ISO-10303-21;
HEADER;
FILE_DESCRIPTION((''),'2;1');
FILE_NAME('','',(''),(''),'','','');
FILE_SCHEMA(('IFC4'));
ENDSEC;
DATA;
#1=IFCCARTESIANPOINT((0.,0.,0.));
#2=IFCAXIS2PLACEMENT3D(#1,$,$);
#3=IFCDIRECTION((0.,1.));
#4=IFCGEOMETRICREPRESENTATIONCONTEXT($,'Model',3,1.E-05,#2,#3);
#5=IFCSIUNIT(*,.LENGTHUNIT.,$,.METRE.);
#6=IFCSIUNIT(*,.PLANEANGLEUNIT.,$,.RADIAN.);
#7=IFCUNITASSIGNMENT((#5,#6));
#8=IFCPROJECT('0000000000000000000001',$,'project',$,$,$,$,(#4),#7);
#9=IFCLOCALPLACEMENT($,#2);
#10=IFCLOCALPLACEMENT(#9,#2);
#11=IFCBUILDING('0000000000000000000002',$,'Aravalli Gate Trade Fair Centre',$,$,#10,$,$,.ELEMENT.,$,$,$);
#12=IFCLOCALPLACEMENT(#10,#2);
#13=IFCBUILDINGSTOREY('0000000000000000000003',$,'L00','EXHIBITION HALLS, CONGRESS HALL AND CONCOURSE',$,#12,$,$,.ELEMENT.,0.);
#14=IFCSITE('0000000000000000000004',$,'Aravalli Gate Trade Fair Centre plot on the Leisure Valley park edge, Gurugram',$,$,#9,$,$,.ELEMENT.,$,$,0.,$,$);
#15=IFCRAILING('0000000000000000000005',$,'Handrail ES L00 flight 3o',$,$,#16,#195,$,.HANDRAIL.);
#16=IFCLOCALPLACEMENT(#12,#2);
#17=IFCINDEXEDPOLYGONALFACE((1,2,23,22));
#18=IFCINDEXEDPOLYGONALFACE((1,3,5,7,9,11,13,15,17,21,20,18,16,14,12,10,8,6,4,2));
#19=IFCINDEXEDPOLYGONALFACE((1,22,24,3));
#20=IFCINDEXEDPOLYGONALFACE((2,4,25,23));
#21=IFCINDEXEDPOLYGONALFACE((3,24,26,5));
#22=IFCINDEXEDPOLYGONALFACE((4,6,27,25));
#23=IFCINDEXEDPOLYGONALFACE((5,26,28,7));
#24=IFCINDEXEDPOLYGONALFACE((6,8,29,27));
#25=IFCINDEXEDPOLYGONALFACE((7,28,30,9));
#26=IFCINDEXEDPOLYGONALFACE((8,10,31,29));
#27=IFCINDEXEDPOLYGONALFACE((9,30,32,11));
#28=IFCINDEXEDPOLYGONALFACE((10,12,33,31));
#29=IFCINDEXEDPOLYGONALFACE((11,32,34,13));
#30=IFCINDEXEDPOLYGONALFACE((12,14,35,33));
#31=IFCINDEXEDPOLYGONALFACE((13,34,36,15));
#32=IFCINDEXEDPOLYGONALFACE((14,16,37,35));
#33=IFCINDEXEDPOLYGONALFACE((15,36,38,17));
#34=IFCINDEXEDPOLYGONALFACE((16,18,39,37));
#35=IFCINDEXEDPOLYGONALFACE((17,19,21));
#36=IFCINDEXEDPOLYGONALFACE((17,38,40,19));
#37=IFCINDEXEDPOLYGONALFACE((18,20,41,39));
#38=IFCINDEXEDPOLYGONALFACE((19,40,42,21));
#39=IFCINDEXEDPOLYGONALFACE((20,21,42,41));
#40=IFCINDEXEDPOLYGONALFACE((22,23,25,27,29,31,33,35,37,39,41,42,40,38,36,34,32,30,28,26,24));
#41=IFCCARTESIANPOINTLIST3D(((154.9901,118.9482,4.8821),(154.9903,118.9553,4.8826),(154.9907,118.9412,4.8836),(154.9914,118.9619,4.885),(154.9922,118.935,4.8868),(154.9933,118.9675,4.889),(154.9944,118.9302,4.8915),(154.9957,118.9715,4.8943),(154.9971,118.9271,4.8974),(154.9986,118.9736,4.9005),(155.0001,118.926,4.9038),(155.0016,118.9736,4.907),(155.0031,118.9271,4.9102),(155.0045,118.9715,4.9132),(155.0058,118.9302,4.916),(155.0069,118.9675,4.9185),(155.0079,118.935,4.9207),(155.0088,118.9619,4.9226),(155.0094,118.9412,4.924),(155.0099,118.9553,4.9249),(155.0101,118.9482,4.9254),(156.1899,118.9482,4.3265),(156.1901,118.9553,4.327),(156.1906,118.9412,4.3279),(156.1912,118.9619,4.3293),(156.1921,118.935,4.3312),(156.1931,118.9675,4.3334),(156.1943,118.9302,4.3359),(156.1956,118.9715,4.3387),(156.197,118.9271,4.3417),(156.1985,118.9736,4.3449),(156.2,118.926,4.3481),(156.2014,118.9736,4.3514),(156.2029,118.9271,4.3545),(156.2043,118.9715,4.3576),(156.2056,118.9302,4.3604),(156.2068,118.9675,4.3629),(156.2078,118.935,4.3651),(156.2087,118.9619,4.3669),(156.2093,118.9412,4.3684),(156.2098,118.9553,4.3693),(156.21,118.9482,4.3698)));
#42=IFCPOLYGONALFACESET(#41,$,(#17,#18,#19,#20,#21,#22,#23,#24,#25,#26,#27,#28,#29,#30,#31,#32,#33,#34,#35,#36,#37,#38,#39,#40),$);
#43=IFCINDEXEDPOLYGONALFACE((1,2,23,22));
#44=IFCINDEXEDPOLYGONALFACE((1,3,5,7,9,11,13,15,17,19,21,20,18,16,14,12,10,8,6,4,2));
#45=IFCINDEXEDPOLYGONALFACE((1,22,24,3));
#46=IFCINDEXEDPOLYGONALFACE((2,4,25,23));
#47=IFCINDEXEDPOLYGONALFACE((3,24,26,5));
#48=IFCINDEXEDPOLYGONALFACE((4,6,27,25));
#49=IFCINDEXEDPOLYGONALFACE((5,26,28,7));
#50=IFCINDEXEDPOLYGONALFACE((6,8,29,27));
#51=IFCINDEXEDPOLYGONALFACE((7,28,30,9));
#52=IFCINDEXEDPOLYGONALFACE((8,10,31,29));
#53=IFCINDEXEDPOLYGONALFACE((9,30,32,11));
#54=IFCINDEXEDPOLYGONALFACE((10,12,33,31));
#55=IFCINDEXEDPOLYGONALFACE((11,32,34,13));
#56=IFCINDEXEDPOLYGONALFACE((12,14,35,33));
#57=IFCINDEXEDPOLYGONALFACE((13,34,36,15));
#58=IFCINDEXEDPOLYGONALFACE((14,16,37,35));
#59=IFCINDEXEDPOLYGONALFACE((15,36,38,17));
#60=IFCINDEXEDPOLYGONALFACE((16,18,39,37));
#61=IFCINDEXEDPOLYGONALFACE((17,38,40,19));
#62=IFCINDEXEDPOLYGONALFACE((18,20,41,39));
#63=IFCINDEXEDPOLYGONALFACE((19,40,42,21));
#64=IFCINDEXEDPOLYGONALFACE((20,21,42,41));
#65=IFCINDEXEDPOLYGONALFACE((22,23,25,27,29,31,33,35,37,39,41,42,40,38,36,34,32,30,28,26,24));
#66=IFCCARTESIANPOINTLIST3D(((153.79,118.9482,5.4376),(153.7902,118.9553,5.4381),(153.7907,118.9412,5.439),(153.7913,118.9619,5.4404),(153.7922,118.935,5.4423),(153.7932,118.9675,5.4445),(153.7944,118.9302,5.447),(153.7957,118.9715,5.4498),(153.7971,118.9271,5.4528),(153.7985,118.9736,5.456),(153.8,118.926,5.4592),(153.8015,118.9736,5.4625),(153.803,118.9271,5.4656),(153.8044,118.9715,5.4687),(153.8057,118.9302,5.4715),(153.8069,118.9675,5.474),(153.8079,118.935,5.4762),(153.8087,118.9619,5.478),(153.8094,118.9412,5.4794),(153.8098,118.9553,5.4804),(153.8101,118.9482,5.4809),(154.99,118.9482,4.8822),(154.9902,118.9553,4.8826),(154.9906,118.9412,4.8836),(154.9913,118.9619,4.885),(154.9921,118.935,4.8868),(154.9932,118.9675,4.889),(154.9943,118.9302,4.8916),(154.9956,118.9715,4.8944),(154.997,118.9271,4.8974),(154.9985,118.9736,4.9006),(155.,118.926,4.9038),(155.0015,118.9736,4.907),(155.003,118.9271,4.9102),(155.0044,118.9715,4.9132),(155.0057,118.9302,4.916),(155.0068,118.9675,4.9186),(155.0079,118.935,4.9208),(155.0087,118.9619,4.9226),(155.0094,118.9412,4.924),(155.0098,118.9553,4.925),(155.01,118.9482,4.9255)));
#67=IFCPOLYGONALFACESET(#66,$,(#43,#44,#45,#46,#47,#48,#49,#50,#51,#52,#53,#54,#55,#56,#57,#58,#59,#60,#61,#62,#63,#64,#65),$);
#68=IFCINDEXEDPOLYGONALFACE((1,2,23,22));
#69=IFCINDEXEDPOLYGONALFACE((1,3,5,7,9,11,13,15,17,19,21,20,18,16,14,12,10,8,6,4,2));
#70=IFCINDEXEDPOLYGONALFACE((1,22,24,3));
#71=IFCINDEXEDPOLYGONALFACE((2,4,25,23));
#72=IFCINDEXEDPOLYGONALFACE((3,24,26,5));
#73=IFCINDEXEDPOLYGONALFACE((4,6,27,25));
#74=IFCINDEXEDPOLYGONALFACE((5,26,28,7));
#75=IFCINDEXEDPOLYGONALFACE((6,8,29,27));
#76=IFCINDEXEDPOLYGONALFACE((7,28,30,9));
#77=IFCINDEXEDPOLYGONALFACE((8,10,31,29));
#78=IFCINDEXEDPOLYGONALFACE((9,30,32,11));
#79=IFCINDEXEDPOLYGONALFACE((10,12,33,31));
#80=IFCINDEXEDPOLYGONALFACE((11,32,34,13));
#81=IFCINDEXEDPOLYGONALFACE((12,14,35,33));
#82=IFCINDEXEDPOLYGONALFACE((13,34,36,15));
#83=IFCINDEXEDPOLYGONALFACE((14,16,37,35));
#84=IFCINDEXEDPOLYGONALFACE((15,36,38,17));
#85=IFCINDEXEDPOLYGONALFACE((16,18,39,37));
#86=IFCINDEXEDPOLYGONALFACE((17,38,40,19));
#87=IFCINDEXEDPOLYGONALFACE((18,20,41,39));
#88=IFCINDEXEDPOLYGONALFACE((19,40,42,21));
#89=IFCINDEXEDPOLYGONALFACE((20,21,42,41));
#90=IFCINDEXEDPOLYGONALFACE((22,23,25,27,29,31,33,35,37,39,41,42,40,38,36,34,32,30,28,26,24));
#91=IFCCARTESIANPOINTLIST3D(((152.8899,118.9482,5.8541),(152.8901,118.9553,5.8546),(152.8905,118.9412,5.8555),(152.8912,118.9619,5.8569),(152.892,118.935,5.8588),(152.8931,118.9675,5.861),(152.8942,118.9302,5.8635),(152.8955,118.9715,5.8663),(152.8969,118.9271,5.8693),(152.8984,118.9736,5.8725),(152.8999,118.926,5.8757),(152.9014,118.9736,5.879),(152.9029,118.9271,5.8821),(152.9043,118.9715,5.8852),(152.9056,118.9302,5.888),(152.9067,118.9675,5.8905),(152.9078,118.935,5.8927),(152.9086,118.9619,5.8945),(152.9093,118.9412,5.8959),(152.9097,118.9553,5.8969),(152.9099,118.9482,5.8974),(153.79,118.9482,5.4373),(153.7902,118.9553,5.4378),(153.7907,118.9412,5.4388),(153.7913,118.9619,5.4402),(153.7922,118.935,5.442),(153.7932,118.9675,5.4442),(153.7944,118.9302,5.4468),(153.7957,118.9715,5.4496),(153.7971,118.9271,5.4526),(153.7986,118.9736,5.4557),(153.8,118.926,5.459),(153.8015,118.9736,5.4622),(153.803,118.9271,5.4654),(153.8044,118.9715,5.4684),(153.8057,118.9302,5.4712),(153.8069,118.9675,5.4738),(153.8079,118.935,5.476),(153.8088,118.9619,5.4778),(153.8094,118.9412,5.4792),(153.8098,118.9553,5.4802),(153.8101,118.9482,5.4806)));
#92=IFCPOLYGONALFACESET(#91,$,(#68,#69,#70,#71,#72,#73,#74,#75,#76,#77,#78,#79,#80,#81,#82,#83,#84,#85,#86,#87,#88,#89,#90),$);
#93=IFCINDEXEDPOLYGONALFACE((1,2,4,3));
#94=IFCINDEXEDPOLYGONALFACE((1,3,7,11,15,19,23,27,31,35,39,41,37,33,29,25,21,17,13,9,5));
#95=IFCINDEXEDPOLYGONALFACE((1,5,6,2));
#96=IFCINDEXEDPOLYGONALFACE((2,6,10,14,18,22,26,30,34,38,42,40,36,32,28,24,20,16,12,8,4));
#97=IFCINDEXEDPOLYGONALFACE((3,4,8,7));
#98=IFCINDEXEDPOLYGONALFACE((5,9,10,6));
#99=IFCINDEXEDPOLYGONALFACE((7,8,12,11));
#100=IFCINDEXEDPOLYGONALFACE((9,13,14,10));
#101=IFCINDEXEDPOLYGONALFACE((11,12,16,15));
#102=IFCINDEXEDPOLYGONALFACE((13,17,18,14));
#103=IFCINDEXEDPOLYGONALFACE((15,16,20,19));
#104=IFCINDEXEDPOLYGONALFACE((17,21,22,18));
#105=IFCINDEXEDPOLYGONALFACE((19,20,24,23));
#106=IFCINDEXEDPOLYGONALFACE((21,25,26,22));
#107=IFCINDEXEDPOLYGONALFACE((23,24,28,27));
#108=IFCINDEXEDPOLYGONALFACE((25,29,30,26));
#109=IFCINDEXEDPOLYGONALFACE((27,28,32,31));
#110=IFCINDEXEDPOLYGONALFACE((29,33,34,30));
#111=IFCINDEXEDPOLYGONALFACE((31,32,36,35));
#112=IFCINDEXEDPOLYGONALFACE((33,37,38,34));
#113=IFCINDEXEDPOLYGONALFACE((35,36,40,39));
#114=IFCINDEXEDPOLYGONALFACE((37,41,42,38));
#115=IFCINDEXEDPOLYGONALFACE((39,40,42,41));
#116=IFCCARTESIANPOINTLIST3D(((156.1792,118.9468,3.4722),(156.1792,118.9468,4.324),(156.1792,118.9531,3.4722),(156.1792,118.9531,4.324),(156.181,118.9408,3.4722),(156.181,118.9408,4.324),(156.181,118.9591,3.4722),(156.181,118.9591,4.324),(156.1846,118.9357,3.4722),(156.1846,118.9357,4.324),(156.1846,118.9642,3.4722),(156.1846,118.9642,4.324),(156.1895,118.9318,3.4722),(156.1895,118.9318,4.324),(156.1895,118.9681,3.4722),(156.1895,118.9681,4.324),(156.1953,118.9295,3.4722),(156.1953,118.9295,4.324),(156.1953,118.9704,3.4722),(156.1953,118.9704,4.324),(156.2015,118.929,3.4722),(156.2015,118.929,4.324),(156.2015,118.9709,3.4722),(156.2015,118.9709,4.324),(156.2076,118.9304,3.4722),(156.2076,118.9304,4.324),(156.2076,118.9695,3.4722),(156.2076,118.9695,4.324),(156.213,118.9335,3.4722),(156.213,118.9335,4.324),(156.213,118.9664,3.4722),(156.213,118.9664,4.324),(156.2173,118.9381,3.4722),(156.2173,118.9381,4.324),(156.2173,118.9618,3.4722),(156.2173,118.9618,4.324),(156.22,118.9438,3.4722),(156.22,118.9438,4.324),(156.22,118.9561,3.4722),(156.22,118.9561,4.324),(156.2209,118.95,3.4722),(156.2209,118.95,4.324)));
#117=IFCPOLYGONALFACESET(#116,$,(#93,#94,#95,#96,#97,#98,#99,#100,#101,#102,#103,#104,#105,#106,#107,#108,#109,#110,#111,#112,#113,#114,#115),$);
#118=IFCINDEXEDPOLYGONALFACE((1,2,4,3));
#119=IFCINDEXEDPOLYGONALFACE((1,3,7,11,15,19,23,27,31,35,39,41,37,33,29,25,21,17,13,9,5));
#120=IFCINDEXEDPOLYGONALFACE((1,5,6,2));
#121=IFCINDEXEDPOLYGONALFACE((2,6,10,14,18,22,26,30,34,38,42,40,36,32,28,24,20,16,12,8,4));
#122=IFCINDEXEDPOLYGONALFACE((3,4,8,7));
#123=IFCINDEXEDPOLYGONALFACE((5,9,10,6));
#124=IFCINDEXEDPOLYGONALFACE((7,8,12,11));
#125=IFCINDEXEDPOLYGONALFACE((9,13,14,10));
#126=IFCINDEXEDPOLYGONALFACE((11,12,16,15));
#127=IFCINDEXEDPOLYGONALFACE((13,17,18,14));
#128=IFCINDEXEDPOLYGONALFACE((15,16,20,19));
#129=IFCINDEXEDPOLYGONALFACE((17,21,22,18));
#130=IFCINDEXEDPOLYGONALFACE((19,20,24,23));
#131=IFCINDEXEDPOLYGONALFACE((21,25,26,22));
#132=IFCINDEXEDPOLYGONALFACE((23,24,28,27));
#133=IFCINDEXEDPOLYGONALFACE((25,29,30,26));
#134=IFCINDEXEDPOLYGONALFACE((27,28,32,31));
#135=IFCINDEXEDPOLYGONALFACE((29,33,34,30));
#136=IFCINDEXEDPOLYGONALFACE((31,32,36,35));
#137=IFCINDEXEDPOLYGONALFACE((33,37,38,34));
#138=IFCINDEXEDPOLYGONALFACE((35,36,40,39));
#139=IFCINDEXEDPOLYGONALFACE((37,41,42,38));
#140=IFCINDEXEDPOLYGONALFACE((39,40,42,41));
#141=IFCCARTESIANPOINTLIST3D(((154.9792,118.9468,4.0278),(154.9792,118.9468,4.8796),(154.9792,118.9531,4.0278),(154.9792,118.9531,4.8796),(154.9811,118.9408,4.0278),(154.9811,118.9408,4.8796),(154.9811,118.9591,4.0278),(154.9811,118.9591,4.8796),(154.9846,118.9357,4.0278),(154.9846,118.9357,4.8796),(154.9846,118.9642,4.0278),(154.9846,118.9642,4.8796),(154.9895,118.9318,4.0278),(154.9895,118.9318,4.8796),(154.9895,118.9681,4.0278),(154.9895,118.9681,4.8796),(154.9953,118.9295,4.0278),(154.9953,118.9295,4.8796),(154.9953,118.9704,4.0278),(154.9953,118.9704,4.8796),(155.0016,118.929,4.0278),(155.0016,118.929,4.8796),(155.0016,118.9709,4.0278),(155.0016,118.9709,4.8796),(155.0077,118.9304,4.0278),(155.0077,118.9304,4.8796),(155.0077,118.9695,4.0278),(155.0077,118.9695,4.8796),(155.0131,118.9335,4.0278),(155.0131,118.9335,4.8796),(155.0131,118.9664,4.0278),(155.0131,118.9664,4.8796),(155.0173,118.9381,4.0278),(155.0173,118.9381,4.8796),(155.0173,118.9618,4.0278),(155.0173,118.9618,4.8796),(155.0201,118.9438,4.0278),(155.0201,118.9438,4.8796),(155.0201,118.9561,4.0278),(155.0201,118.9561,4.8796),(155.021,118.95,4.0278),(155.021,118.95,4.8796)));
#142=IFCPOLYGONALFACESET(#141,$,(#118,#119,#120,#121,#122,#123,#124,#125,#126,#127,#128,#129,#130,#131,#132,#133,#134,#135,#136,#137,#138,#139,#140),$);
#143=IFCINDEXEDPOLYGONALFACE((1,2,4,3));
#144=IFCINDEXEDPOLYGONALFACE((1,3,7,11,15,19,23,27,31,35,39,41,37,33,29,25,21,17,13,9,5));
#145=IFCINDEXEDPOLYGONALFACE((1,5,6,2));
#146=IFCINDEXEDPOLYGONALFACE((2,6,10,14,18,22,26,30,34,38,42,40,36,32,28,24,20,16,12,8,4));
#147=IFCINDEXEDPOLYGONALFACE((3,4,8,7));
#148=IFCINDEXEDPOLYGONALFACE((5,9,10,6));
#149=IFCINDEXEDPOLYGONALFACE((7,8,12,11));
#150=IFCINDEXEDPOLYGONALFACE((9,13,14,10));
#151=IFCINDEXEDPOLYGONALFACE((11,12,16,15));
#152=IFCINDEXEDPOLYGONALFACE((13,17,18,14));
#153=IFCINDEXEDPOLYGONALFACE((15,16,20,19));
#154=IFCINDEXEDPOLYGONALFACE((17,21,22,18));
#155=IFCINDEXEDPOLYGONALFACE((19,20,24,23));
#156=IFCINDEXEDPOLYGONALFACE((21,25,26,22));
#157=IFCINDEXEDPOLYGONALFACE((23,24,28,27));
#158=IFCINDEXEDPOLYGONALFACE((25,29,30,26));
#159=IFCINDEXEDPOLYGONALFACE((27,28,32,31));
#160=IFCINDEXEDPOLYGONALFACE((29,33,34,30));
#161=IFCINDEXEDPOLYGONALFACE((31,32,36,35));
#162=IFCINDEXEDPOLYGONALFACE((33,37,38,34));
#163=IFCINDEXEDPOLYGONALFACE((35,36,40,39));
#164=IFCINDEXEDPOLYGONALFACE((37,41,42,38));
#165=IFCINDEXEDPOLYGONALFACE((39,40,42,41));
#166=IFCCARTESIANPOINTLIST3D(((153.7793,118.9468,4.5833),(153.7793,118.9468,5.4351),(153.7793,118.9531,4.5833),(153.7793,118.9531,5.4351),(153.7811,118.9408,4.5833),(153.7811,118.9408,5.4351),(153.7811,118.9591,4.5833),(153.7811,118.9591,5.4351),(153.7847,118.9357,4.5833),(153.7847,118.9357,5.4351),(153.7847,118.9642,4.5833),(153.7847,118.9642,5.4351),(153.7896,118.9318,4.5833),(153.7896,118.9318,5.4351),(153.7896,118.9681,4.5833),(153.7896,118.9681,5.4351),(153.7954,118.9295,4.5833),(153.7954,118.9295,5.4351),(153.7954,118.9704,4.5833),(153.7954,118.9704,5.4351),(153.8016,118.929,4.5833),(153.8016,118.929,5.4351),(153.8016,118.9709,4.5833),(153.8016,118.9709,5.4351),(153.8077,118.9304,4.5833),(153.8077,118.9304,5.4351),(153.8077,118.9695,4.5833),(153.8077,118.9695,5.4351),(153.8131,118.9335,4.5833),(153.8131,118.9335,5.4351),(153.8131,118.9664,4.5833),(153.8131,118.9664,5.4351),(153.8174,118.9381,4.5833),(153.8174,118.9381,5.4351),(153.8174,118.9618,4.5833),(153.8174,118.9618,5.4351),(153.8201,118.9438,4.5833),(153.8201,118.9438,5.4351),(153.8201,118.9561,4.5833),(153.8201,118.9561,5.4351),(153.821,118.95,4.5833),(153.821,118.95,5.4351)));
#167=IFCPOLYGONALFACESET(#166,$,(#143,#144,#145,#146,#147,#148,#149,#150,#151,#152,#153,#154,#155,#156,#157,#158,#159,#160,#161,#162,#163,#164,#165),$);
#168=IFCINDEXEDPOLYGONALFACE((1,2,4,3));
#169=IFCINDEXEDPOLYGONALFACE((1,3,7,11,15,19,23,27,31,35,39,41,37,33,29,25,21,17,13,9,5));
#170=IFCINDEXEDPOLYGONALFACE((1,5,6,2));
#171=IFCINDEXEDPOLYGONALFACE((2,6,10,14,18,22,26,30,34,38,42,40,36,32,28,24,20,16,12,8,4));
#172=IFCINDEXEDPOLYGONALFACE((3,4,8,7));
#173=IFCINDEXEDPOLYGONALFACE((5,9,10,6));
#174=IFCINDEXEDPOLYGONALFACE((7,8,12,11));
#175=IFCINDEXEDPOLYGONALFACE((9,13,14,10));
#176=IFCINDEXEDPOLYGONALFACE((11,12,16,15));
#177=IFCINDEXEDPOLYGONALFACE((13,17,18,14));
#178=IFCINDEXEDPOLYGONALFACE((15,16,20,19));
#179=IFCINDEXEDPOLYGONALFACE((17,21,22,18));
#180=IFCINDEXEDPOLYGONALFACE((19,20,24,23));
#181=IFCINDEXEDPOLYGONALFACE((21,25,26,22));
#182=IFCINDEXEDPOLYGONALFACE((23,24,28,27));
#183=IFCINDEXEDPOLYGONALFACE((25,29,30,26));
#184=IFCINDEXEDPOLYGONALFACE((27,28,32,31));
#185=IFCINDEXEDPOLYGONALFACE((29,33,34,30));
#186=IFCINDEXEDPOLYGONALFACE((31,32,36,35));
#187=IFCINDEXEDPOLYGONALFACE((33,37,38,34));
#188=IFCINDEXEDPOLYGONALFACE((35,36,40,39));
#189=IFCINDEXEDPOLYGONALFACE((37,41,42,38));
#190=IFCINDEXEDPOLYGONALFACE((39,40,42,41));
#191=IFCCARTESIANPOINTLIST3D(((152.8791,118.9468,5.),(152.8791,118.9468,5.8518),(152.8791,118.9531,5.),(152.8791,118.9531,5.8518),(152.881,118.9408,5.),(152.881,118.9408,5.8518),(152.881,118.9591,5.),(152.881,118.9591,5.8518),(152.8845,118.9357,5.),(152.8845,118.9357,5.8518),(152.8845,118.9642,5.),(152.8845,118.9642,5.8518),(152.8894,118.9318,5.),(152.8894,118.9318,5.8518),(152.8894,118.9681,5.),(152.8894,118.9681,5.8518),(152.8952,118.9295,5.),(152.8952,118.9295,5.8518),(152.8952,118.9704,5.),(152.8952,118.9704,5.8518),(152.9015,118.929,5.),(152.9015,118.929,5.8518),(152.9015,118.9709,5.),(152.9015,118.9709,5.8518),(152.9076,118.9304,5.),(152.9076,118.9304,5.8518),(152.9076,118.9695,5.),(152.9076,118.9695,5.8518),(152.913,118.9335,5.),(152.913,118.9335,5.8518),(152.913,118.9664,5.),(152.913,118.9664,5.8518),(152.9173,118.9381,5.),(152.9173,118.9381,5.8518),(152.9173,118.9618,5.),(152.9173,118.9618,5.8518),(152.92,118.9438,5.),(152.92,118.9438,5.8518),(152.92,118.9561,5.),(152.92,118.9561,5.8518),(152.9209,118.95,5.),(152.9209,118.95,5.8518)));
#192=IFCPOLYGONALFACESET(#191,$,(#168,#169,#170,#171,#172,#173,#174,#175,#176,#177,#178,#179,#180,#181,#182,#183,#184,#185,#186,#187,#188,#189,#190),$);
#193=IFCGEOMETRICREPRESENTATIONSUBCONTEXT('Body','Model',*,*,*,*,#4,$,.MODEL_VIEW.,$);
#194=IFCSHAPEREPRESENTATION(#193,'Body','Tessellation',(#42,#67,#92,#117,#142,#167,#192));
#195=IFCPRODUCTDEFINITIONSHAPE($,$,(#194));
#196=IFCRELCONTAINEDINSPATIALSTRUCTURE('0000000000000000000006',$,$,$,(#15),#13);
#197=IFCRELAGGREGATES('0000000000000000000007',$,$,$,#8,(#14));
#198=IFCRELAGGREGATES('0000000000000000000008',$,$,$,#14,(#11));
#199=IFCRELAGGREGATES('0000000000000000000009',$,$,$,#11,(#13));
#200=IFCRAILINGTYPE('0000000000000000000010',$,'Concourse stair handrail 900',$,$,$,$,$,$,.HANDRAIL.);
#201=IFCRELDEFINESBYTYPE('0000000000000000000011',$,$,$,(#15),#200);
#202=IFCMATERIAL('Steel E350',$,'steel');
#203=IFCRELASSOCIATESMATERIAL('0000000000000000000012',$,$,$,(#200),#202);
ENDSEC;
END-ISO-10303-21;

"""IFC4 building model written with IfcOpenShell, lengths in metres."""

from ifc_helpers import new_model, si_unit, direction, frame, origin, origin_2d, place, context, subcontext, project, spatial, circle, extrude, material, type_object, element, save


model = new_model("IFC4")

# Units and contexts
model_context = context("Model", 3, precision=1e-05, world=origin(), true_north=direction((0.0, 1.0)))
body_context = subcontext(model_context, "Body", "Model", "MODEL_VIEW")
ifc_project = project(units=[si_unit("LENGTHUNIT", "METRE"), si_unit("PLANEANGLEUNIT", "RADIAN")], contexts=[model_context])

# Site, building, storey
site_placement = place(None, origin())
site = spatial("IfcSite", under=ifc_project, at=site_placement, Name="Aravalli Gate Trade Fair Centre plot on the Leisure Valley park edge, Gurugram", CompositionType="ELEMENT", RefElevation=0.0)
building_placement = place(site_placement, origin())
building = spatial("IfcBuilding", under=site, at=building_placement, Name="Aravalli Gate Trade Fair Centre", CompositionType="ELEMENT")
storey_placement = place(building_placement, origin())
storey = spatial("IfcBuildingStorey", under=building, at=storey_placement, Name="L00", Description="EXHIBITION HALLS, CONGRESS HALL AND CONCOURSE", CompositionType="ELEMENT", Elevation=0.0)

# Shared definitions
ifc_material_1 = material(Name="Steel E350", Category="steel")

# Railing
railing_type_1 = type_object("IfcRailingType", Name="Concourse stair handrail 900", PredefinedType="HANDRAIL", material=ifc_material_1)
railing_1_placement = place(storey_placement, frame((156.2, 118.95, 3.4722)))
element("IfcRailing", 1, at=railing_1_placement, inside=storey, type_object=railing_type_1, Name="Handrail ES L00 flight 3o", PredefinedType="HANDRAIL", context=body_context, shape_type="SweptSolid", body=[
    extrude(circle(Radius=0.0239, at=origin_2d()), frame((0.0, 0.0, 0.876), z_axis=(-0.907429, 0.0, 0.420205), x_axis=(0.0, -1.0, 0.0)), (0.0, 0.0, 1.0), 1.3223),
    extrude(circle(Radius=0.0239, at=origin_2d()), frame((-1.2, 0.0, 1.4316), z_axis=(-0.907499, 0.0, 0.420053), x_axis=(0.0, -1.0, 0.0)), (0.0, 0.0, 1.0), 1.3223),
    extrude(circle(Radius=0.0239, at=origin_2d()), frame((-2.3999, 0.0, 1.9868), z_axis=(-0.907462, 0.0, 0.420135), x_axis=(0.0, -1.0, 0.0)), (0.0, 0.0, 1.0), 0.9919),
    extrude(circle(Radius=0.021, at=origin_2d()), origin(), (0.0, 0.0, 1.0), 0.8518),
    extrude(circle(Radius=0.021, at=origin_2d()), frame((-1.2, 0.0, 0.5557)), (0.0, 0.0, 1.0), 0.8518),
    extrude(circle(Radius=0.021, at=origin_2d()), frame((-2.3999, 0.0, 1.1111)), (0.0, 0.0, 1.0), 0.8518),
    extrude(circle(Radius=0.021, at=origin_2d()), frame((-3.3, 0.0, 1.5278)), (0.0, 0.0, 1.0), 0.8518),
])

save(model, "model.ifc")
